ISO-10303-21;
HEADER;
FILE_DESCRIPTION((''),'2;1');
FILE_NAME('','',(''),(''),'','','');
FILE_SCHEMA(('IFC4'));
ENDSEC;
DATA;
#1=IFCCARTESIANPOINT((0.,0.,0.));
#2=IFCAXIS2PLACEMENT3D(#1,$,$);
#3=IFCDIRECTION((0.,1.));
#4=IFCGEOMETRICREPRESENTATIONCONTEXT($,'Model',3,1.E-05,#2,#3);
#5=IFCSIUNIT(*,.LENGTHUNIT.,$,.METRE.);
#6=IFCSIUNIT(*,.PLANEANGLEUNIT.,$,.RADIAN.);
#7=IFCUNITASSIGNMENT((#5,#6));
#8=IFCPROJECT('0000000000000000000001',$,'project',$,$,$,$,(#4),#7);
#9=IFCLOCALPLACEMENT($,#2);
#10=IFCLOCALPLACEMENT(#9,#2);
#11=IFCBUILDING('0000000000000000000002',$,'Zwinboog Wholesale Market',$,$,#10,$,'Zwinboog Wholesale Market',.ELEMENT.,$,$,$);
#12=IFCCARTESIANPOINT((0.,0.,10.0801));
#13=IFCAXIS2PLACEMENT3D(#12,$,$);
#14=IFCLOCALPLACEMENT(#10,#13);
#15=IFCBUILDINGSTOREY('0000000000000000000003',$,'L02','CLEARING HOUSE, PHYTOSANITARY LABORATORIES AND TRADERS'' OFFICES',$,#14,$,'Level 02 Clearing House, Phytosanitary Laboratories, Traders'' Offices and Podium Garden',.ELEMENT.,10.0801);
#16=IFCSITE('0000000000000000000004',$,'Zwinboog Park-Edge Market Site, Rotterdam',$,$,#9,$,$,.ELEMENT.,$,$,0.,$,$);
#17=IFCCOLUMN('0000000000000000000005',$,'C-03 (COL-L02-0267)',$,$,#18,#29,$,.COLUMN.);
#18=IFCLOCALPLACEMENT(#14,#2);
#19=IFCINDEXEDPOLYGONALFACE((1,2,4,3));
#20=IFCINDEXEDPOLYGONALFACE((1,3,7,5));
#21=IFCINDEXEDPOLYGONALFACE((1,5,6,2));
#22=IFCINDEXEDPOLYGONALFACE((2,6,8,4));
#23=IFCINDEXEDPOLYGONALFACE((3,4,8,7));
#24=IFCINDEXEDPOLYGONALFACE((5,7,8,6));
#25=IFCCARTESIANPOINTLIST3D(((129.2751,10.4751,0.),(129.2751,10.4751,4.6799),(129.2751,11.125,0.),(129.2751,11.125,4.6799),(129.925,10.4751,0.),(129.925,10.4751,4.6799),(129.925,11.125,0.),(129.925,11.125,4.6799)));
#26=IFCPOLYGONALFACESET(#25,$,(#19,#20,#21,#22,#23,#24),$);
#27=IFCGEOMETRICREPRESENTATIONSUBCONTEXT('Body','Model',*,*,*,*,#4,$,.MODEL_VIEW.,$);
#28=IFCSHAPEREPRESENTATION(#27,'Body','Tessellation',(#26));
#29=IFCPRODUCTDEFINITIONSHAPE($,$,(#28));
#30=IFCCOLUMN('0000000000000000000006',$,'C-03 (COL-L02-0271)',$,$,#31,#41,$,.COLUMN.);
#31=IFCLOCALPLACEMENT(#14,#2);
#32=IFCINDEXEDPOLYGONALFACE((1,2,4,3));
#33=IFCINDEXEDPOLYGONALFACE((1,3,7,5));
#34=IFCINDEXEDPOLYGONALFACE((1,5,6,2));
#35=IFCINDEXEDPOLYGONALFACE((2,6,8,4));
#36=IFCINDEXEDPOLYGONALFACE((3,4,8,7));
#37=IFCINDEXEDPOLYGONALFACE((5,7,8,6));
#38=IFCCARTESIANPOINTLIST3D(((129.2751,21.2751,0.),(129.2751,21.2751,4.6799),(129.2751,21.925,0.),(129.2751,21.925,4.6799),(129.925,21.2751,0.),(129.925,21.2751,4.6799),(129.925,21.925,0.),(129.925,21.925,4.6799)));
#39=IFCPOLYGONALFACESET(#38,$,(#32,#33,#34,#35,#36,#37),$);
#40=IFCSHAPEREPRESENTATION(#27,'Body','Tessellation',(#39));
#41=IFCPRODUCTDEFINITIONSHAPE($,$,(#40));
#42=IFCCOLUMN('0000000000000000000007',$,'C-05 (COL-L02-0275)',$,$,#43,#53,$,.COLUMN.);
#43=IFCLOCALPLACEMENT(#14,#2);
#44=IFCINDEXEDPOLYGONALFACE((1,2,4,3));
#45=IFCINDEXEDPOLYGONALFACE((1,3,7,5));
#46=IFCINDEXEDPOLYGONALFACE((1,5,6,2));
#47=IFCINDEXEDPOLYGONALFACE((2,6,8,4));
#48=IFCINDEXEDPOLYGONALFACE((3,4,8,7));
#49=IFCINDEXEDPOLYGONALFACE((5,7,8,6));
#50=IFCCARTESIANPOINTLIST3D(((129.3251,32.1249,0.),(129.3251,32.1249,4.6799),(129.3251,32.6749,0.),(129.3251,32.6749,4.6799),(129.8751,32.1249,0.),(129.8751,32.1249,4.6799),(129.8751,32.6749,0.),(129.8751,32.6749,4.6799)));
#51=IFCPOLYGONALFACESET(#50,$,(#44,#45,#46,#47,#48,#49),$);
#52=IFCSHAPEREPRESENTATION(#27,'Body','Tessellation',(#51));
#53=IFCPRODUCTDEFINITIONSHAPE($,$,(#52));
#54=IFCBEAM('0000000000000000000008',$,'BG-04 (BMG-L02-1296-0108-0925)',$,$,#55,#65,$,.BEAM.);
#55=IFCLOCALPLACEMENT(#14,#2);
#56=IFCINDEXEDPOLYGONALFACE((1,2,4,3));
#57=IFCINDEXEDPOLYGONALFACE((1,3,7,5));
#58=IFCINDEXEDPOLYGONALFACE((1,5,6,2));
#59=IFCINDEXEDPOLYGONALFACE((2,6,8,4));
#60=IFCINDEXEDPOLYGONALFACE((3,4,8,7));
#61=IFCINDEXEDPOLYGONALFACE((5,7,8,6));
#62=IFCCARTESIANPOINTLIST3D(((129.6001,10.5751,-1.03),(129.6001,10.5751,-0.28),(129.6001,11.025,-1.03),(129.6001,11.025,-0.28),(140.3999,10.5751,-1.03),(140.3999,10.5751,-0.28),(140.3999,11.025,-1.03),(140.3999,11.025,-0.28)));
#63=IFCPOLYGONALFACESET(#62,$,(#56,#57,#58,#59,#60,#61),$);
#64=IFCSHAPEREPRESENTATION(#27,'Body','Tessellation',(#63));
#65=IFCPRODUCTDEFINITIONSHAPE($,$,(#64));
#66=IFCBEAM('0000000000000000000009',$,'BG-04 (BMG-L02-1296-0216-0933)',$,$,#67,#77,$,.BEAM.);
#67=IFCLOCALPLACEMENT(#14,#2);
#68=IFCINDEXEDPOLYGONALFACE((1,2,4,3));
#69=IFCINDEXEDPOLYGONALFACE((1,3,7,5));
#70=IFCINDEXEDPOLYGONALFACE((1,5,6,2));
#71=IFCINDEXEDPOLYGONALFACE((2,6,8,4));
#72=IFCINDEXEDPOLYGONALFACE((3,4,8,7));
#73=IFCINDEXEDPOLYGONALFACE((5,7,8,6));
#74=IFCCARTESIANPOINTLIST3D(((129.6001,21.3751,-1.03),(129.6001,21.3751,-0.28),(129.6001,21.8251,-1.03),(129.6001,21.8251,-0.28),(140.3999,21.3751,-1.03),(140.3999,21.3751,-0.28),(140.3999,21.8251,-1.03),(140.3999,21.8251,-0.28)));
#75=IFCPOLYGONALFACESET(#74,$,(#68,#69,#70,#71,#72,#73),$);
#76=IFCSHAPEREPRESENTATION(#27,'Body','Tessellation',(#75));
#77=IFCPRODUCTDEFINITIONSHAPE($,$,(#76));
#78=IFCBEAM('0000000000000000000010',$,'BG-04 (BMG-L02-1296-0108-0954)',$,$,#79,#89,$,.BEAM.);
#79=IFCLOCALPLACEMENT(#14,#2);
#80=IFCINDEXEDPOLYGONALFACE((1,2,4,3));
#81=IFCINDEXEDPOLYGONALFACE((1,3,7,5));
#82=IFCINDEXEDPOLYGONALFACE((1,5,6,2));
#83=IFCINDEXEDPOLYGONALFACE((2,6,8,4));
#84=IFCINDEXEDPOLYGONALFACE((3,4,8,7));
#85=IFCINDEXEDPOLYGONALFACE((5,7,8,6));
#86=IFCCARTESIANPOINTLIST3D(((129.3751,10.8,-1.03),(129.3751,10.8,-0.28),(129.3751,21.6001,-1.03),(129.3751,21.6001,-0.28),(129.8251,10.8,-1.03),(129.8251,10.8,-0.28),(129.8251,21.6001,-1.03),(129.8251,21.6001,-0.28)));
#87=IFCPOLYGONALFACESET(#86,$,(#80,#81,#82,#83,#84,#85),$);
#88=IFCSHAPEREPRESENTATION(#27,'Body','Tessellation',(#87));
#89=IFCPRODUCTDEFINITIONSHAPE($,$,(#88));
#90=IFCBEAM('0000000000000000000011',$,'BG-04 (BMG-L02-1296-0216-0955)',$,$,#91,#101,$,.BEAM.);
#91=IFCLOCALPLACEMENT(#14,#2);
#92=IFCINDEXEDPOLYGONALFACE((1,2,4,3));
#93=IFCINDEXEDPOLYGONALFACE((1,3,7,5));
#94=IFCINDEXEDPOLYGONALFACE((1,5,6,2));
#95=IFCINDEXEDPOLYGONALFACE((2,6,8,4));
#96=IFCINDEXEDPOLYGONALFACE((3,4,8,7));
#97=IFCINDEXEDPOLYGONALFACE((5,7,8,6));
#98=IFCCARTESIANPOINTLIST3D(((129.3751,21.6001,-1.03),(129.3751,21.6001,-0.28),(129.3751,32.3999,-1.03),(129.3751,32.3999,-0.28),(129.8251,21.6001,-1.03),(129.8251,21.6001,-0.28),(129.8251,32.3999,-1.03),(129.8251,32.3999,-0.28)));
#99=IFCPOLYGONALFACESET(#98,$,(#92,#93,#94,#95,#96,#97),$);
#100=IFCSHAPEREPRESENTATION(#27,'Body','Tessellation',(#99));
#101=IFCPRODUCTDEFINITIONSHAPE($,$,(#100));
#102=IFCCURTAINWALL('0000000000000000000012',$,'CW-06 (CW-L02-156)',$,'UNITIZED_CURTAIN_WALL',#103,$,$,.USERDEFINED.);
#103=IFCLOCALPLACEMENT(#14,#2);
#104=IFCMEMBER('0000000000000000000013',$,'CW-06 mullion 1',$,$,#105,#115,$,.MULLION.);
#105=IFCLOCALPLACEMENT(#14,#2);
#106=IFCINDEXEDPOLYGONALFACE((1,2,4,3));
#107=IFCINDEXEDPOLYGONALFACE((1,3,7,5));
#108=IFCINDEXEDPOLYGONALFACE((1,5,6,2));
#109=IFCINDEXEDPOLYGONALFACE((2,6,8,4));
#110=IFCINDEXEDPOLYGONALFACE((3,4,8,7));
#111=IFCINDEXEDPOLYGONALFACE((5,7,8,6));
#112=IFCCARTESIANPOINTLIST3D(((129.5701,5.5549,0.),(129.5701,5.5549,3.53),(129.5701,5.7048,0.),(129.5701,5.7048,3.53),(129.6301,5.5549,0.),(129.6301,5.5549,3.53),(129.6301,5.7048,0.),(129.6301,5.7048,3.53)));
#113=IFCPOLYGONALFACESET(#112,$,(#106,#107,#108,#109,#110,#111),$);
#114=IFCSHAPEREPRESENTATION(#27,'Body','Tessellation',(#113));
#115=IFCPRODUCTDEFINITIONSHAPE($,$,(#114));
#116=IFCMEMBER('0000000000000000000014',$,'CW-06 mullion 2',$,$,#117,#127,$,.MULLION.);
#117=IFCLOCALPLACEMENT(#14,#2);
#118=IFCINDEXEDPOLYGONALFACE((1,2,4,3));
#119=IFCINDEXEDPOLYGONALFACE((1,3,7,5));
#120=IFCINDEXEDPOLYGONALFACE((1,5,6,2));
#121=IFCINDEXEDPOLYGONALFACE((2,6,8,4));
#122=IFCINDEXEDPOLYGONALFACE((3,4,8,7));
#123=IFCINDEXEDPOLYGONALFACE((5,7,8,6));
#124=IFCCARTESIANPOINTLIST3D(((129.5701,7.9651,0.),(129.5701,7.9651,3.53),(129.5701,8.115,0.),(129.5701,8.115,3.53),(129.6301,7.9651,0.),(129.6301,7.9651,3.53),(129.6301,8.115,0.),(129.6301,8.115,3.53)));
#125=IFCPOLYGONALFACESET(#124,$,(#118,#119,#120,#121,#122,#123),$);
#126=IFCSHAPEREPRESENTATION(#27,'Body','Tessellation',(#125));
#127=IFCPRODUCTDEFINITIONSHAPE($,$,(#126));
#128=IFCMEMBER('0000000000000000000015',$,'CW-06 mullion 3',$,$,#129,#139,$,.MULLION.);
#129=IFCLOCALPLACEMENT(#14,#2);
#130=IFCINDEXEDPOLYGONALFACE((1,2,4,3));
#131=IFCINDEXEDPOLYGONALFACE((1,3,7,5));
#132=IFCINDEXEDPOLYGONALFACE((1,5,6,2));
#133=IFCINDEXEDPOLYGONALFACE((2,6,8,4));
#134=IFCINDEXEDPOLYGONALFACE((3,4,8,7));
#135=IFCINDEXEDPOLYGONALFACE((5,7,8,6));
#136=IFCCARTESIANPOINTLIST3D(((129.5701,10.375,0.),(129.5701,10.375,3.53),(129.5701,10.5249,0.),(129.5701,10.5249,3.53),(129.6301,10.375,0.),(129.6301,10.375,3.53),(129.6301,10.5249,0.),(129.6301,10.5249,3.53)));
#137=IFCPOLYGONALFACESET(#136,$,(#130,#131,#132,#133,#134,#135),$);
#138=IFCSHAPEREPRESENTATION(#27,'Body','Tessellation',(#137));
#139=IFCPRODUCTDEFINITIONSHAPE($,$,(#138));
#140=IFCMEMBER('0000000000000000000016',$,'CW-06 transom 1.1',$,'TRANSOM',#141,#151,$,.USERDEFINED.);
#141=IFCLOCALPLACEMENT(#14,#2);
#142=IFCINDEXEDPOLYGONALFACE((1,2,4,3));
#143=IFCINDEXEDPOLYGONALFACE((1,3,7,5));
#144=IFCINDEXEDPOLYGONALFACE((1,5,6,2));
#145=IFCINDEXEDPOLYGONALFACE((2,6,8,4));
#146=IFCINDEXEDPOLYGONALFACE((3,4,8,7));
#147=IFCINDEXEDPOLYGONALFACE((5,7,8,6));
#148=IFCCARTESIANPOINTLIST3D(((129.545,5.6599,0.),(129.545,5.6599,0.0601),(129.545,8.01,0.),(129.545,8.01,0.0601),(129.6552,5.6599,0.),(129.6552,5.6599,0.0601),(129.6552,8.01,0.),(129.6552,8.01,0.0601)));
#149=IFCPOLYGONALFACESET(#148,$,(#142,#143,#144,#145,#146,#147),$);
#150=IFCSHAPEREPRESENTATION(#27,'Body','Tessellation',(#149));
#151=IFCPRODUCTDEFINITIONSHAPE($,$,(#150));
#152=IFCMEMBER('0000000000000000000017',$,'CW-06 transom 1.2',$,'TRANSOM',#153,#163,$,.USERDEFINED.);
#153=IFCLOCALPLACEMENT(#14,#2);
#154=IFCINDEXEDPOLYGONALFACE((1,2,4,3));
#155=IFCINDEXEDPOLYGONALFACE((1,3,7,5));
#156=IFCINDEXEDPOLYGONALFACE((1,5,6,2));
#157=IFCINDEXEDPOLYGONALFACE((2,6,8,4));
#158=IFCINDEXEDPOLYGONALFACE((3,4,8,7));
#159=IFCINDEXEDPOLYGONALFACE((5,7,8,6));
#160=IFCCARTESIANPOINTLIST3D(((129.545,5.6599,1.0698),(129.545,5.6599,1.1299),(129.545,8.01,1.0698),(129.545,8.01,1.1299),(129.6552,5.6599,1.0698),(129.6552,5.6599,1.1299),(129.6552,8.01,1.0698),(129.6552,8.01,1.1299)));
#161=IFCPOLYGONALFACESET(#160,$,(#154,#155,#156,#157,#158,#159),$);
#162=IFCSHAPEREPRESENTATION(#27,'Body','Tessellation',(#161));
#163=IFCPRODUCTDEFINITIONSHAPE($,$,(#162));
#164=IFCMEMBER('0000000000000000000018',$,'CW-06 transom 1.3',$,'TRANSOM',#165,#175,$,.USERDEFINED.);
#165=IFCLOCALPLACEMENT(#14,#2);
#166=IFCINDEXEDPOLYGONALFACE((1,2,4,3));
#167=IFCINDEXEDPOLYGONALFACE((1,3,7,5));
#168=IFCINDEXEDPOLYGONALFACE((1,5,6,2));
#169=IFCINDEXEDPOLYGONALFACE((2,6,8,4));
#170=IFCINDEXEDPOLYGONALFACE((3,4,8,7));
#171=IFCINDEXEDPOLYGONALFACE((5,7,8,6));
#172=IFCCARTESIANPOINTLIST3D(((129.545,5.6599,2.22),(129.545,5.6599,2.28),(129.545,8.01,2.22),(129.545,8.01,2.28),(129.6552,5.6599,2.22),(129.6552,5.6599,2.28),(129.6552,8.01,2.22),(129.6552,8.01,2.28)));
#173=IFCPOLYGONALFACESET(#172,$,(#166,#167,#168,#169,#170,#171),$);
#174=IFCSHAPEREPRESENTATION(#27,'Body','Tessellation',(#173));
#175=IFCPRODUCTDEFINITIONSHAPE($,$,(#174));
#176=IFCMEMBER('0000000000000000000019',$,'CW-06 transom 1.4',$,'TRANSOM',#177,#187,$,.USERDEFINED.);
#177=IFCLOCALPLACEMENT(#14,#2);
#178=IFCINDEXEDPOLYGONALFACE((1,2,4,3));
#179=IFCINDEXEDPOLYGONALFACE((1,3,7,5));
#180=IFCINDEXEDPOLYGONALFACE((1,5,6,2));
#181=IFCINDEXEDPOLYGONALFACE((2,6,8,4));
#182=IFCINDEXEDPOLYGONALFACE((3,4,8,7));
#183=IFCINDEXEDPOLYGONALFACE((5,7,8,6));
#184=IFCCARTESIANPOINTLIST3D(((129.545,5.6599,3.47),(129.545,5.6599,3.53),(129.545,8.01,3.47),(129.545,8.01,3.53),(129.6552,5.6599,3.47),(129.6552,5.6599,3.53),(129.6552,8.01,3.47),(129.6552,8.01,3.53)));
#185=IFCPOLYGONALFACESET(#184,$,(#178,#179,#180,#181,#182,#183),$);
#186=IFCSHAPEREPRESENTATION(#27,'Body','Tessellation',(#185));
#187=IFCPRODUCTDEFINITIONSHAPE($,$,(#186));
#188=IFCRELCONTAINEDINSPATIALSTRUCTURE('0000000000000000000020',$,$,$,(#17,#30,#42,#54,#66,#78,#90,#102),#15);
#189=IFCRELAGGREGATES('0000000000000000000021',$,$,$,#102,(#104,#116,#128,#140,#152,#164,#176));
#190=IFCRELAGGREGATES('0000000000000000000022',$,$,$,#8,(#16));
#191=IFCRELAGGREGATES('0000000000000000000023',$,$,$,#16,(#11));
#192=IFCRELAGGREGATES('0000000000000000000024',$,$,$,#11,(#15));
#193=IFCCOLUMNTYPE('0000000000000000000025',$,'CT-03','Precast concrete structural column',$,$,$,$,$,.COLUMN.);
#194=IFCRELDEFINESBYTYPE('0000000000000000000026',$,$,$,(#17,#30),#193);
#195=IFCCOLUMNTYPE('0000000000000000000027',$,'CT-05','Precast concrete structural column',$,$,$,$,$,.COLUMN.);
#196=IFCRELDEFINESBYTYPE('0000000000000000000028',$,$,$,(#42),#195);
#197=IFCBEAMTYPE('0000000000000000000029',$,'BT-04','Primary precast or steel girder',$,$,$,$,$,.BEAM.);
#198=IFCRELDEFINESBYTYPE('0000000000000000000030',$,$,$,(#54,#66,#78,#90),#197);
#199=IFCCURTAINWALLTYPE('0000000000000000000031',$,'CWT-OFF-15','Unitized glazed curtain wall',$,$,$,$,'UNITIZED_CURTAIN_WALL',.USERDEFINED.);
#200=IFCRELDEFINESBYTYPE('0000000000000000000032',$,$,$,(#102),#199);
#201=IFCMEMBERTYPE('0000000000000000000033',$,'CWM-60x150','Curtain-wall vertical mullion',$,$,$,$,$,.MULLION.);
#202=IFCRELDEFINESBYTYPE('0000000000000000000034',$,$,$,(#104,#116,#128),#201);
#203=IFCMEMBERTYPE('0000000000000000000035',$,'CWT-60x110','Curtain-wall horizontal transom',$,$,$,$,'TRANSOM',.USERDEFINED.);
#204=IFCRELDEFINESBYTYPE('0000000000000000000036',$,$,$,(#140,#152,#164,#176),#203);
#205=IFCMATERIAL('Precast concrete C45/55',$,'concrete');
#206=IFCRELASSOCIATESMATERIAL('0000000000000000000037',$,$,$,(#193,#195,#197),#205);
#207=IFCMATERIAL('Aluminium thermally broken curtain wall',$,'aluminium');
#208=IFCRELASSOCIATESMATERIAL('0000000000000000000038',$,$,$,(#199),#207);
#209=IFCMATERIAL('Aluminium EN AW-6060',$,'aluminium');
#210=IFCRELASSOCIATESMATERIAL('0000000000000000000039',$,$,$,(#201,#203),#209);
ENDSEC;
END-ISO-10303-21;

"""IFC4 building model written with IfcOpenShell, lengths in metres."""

from ifc_helpers import new_model, si_unit, direction, frame, origin, origin_2d, place, context, subcontext, project, spatial, rectangle, extrude, material, material_profile, profile_set, type_object, element, aggregate, save


model = new_model("IFC4")

# Units and contexts
model_context = context("Model", 3, precision=1e-05, world=origin(), true_north=direction((0.0, 1.0)))
body_context = subcontext(model_context, "Body", "Model", "MODEL_VIEW")
ifc_project = project(units=[si_unit("LENGTHUNIT", "METRE"), si_unit("PLANEANGLEUNIT", "RADIAN")], contexts=[model_context])

# Site, building, storey
site_placement = place(None, origin())
site = spatial("IfcSite", under=ifc_project, at=site_placement, Name="Zwinboog Park-Edge Market Site, Rotterdam", CompositionType="ELEMENT", RefElevation=0.0)
building_placement = place(site_placement, origin())
building = spatial("IfcBuilding", under=site, at=building_placement, Name="Zwinboog Wholesale Market", LongName="Zwinboog Wholesale Market", CompositionType="ELEMENT")
storey_placement = place(building_placement, frame((0.0, 0.0, 10.0801)))
storey = spatial("IfcBuildingStorey", under=building, at=storey_placement, Name="L02", Description="CLEARING HOUSE, PHYTOSANITARY LABORATORIES AND TRADERS' OFFICES", LongName="Level 02 Clearing House, Phytosanitary Laboratories, Traders' Offices and Podium Garden", CompositionType="ELEMENT", Elevation=10.0801)

# Columns
ifc_material_1 = material(Name="Precast concrete C45/55", Category="concrete")
ifc_material_profile_1 = material_profile(ifc_material_1, rectangle(XDim=0.6499, YDim=0.6499, at=origin_2d()), Name="PC 650x650")
ifc_profile_set_1 = profile_set([ifc_material_profile_1], Name="Precast concrete C45/55")
column_type_1 = type_object("IfcColumnType", Name="CT-03", Description="Precast concrete structural column", PredefinedType="COLUMN", material=ifc_profile_set_1)
for number, where, z_axis, x_axis, name in (
    (1, (129.6001, 10.8, 0.0), (0.0, 0.0, 1.0), (1.0, 0.0, 0.0), "C-03 (COL-L02-0267)"),
    (2, (129.6001, 21.6001, 0.0), (0.0, 0.0, 1.0), (1.0, 0.0, 0.0), "C-03 (COL-L02-0271)"),
):
    element("IfcColumn", number, at=place(storey_placement, frame(where, z_axis=z_axis, x_axis=x_axis)), inside=storey, type_object=column_type_1, Name=name, PredefinedType="COLUMN", context=body_context, shape_type="SweptSolid", body=[
        extrude(rectangle(XDim=0.6499, YDim=0.6499, at=origin_2d()), origin(), (0.0, 0.0, 1.0), 4.6799),
    ])
ifc_material_profile_2 = material_profile(ifc_material_1, rectangle(XDim=0.55, YDim=0.55, at=origin_2d()), Name="PC 550x550")
ifc_profile_set_2 = profile_set([ifc_material_profile_2], Name="Precast concrete C45/55")
column_type_2 = type_object("IfcColumnType", Name="CT-05", Description="Precast concrete structural column", PredefinedType="COLUMN", material=ifc_profile_set_2)
column_placement = place(storey_placement, frame((129.6001, 32.3999, 0.0), z_axis=(0.0, 0.0, 1.0), x_axis=(1.0, 0.0, 0.0)))
element("IfcColumn", 3, at=column_placement, inside=storey, type_object=column_type_2, Name="C-05 (COL-L02-0275)", PredefinedType="COLUMN", context=body_context, shape_type="SweptSolid", body=[
    extrude(rectangle(XDim=0.55, YDim=0.55, at=origin_2d()), origin(), (0.0, 0.0, 1.0), 4.6799),
])

# Beams
ifc_material_profile_3 = material_profile(ifc_material_1, rectangle(XDim=0.45, YDim=0.75, at=origin_2d()), Name="PC 450x750")
ifc_profile_set_3 = profile_set([ifc_material_profile_3], Name="Precast concrete C45/55")
beam_type = type_object("IfcBeamType", Name="BT-04", Description="Primary precast or steel girder", PredefinedType="BEAM", material=ifc_profile_set_3)
for number, where, z_axis, x_axis, name in (
    (4, (129.6001, 10.8, -0.655), (1.0, 0.0, 0.0), (0.0, 1.0, 0.0), "BG-04 (BMG-L02-1296-0108-0925)"),
    (5, (129.6001, 21.6001, -0.655), (1.0, 0.0, 0.0), (0.0, 1.0, 0.0), "BG-04 (BMG-L02-1296-0216-0933)"),
):
    element("IfcBeam", number, at=place(storey_placement, frame(where, z_axis=z_axis, x_axis=x_axis)), inside=storey, type_object=beam_type, Name=name, PredefinedType="BEAM", context=body_context, shape_type="SweptSolid", body=[
        extrude(rectangle(XDim=0.45, YDim=0.75, at=origin_2d()), origin(), (0.0, 0.0, 1.0), 10.7998),
    ])
beam_1_placement = place(storey_placement, frame((129.6001, 10.8, -0.655), z_axis=(0.0, 1.0, 0.0), x_axis=(-1.0, 0.0, 0.0)))
element("IfcBeam", 6, at=beam_1_placement, inside=storey, type_object=beam_type, Name="BG-04 (BMG-L02-1296-0108-0954)", PredefinedType="BEAM", context=body_context, shape_type="SweptSolid", body=[
    extrude(rectangle(XDim=0.45, YDim=0.75, at=origin_2d()), origin(), (0.0, 0.0, 1.0), 10.8),
])
beam_2_placement = place(storey_placement, frame((129.6001, 21.6001, -0.655), z_axis=(0.0, 1.0, 0.0), x_axis=(-1.0, 0.0, 0.0)))
element("IfcBeam", 7, at=beam_2_placement, inside=storey, type_object=beam_type, Name="BG-04 (BMG-L02-1296-0216-0955)", PredefinedType="BEAM", context=body_context, shape_type="SweptSolid", body=[
    extrude(rectangle(XDim=0.45, YDim=0.75, at=origin_2d()), origin(), (0.0, 0.0, 1.0), 10.7998),
])

# Curtain wall, members
ifc_material_2 = material(Name="Aluminium thermally broken curtain wall", Category="aluminium")
curtain_wall_type = type_object("IfcCurtainWallType", Name="CWT-OFF-15", Description="Unitized glazed curtain wall", ElementType="UNITIZED_CURTAIN_WALL", PredefinedType="USERDEFINED", material=ifc_material_2)
curtain_wall_placement = place(storey_placement, origin())
curtain_wall = element("IfcCurtainWall", 8, at=curtain_wall_placement, inside=storey, type_object=curtain_wall_type, Name="CW-06 (CW-L02-156)", ObjectType="UNITIZED_CURTAIN_WALL", PredefinedType="USERDEFINED")
ifc_material_3 = material(Name="Aluminium EN AW-6060", Category="aluminium")
ifc_material_profile_4 = material_profile(ifc_material_3, rectangle(XDim=0.0601, YDim=0.1499, at=origin_2d()), Name="AL 60x150")
ifc_profile_set_4 = profile_set([ifc_material_profile_4], Name="Aluminium EN AW-6060")
member_type_1 = type_object("IfcMemberType", Name="CWM-60x150", Description="Curtain-wall vertical mullion", PredefinedType="MULLION", material=ifc_profile_set_4)
member_1_placement = place(storey_placement, frame((129.6001, 5.6299, 0.0), z_axis=(0.0, 0.0, 1.0), x_axis=(-1.0, 0.0, 0.0)))
member_1 = element("IfcMember", 9, at=member_1_placement, type_object=member_type_1, Name="CW-06 mullion 1", PredefinedType="MULLION", context=body_context, shape_type="SweptSolid", body=[
    extrude(rectangle(XDim=0.0601, YDim=0.1499, at=origin_2d()), origin(), (0.0, 0.0, 1.0), 3.53),
])
member_2_placement = place(storey_placement, frame((129.6001, 8.04, 0.0), z_axis=(0.0, 0.0, 1.0), x_axis=(-1.0, 0.0, 0.0)))
member_2 = element("IfcMember", 10, at=member_2_placement, type_object=member_type_1, Name="CW-06 mullion 2", PredefinedType="MULLION", context=body_context, shape_type="SweptSolid", body=[
    extrude(rectangle(XDim=0.0601, YDim=0.1499, at=origin_2d()), origin(), (0.0, 0.0, 1.0), 3.53),
])
member_3_placement = place(storey_placement, frame((129.6001, 10.45, 0.0), z_axis=(0.0, 0.0, 1.0), x_axis=(-1.0, 0.0, 0.0)))
member_3 = element("IfcMember", 11, at=member_3_placement, type_object=member_type_1, Name="CW-06 mullion 3", PredefinedType="MULLION", context=body_context, shape_type="SweptSolid", body=[
    extrude(rectangle(XDim=0.0601, YDim=0.1499, at=origin_2d()), origin(), (0.0, 0.0, 1.0), 3.53),
])
ifc_material_profile_5 = material_profile(ifc_material_3, rectangle(XDim=0.1101, YDim=0.0601, at=origin_2d()), Name="AL 60x110")
ifc_profile_set_5 = profile_set([ifc_material_profile_5], Name="Aluminium EN AW-6060")
member_type_2 = type_object("IfcMemberType", Name="CWT-60x110", Description="Curtain-wall horizontal transom", ElementType="TRANSOM", PredefinedType="USERDEFINED", material=ifc_profile_set_5)
member_4_placement = place(storey_placement, frame((129.6001, 5.6599, 0.03), z_axis=(0.0, 1.0, 0.0), x_axis=(-1.0, 0.0, 0.0)))
member_4 = element("IfcMember", 12, at=member_4_placement, type_object=member_type_2, Name="CW-06 transom 1.1", ObjectType="TRANSOM", PredefinedType="USERDEFINED", context=body_context, shape_type="SweptSolid", body=[
    extrude(rectangle(XDim=0.1101, YDim=0.0601, at=origin_2d()), origin(), (0.0, 0.0, 1.0), 2.3501),
])
member_5_placement = place(storey_placement, frame((129.6001, 5.6599, 1.0999), z_axis=(0.0, 1.0, 0.0), x_axis=(-1.0, 0.0, 0.0)))
member_5 = element("IfcMember", 13, at=member_5_placement, type_object=member_type_2, Name="CW-06 transom 1.2", ObjectType="TRANSOM", PredefinedType="USERDEFINED", context=body_context, shape_type="SweptSolid", body=[
    extrude(rectangle(XDim=0.1101, YDim=0.0601, at=origin_2d()), origin(), (0.0, 0.0, 1.0), 2.3501),
])
member_6_placement = place(storey_placement, frame((129.6001, 5.6599, 2.25), z_axis=(0.0, 1.0, 0.0), x_axis=(-1.0, 0.0, 0.0)))
member_6 = element("IfcMember", 14, at=member_6_placement, type_object=member_type_2, Name="CW-06 transom 1.3", ObjectType="TRANSOM", PredefinedType="USERDEFINED", context=body_context, shape_type="SweptSolid", body=[
    extrude(rectangle(XDim=0.1101, YDim=0.0601, at=origin_2d()), origin(), (0.0, 0.0, 1.0), 2.3501),
])
member_7_placement = place(storey_placement, frame((129.6001, 5.6599, 3.5), z_axis=(0.0, 1.0, 0.0), x_axis=(-1.0, 0.0, 0.0)))
member_7 = element("IfcMember", 15, at=member_7_placement, type_object=member_type_2, Name="CW-06 transom 1.4", ObjectType="TRANSOM", PredefinedType="USERDEFINED", context=body_context, shape_type="SweptSolid", body=[
    extrude(rectangle(XDim=0.1101, YDim=0.0601, at=origin_2d()), origin(), (0.0, 0.0, 1.0), 2.3501),
])
aggregate(curtain_wall, [member_1, member_2, member_3, member_4, member_5, member_6, member_7])

save(model, "model.ifc")
